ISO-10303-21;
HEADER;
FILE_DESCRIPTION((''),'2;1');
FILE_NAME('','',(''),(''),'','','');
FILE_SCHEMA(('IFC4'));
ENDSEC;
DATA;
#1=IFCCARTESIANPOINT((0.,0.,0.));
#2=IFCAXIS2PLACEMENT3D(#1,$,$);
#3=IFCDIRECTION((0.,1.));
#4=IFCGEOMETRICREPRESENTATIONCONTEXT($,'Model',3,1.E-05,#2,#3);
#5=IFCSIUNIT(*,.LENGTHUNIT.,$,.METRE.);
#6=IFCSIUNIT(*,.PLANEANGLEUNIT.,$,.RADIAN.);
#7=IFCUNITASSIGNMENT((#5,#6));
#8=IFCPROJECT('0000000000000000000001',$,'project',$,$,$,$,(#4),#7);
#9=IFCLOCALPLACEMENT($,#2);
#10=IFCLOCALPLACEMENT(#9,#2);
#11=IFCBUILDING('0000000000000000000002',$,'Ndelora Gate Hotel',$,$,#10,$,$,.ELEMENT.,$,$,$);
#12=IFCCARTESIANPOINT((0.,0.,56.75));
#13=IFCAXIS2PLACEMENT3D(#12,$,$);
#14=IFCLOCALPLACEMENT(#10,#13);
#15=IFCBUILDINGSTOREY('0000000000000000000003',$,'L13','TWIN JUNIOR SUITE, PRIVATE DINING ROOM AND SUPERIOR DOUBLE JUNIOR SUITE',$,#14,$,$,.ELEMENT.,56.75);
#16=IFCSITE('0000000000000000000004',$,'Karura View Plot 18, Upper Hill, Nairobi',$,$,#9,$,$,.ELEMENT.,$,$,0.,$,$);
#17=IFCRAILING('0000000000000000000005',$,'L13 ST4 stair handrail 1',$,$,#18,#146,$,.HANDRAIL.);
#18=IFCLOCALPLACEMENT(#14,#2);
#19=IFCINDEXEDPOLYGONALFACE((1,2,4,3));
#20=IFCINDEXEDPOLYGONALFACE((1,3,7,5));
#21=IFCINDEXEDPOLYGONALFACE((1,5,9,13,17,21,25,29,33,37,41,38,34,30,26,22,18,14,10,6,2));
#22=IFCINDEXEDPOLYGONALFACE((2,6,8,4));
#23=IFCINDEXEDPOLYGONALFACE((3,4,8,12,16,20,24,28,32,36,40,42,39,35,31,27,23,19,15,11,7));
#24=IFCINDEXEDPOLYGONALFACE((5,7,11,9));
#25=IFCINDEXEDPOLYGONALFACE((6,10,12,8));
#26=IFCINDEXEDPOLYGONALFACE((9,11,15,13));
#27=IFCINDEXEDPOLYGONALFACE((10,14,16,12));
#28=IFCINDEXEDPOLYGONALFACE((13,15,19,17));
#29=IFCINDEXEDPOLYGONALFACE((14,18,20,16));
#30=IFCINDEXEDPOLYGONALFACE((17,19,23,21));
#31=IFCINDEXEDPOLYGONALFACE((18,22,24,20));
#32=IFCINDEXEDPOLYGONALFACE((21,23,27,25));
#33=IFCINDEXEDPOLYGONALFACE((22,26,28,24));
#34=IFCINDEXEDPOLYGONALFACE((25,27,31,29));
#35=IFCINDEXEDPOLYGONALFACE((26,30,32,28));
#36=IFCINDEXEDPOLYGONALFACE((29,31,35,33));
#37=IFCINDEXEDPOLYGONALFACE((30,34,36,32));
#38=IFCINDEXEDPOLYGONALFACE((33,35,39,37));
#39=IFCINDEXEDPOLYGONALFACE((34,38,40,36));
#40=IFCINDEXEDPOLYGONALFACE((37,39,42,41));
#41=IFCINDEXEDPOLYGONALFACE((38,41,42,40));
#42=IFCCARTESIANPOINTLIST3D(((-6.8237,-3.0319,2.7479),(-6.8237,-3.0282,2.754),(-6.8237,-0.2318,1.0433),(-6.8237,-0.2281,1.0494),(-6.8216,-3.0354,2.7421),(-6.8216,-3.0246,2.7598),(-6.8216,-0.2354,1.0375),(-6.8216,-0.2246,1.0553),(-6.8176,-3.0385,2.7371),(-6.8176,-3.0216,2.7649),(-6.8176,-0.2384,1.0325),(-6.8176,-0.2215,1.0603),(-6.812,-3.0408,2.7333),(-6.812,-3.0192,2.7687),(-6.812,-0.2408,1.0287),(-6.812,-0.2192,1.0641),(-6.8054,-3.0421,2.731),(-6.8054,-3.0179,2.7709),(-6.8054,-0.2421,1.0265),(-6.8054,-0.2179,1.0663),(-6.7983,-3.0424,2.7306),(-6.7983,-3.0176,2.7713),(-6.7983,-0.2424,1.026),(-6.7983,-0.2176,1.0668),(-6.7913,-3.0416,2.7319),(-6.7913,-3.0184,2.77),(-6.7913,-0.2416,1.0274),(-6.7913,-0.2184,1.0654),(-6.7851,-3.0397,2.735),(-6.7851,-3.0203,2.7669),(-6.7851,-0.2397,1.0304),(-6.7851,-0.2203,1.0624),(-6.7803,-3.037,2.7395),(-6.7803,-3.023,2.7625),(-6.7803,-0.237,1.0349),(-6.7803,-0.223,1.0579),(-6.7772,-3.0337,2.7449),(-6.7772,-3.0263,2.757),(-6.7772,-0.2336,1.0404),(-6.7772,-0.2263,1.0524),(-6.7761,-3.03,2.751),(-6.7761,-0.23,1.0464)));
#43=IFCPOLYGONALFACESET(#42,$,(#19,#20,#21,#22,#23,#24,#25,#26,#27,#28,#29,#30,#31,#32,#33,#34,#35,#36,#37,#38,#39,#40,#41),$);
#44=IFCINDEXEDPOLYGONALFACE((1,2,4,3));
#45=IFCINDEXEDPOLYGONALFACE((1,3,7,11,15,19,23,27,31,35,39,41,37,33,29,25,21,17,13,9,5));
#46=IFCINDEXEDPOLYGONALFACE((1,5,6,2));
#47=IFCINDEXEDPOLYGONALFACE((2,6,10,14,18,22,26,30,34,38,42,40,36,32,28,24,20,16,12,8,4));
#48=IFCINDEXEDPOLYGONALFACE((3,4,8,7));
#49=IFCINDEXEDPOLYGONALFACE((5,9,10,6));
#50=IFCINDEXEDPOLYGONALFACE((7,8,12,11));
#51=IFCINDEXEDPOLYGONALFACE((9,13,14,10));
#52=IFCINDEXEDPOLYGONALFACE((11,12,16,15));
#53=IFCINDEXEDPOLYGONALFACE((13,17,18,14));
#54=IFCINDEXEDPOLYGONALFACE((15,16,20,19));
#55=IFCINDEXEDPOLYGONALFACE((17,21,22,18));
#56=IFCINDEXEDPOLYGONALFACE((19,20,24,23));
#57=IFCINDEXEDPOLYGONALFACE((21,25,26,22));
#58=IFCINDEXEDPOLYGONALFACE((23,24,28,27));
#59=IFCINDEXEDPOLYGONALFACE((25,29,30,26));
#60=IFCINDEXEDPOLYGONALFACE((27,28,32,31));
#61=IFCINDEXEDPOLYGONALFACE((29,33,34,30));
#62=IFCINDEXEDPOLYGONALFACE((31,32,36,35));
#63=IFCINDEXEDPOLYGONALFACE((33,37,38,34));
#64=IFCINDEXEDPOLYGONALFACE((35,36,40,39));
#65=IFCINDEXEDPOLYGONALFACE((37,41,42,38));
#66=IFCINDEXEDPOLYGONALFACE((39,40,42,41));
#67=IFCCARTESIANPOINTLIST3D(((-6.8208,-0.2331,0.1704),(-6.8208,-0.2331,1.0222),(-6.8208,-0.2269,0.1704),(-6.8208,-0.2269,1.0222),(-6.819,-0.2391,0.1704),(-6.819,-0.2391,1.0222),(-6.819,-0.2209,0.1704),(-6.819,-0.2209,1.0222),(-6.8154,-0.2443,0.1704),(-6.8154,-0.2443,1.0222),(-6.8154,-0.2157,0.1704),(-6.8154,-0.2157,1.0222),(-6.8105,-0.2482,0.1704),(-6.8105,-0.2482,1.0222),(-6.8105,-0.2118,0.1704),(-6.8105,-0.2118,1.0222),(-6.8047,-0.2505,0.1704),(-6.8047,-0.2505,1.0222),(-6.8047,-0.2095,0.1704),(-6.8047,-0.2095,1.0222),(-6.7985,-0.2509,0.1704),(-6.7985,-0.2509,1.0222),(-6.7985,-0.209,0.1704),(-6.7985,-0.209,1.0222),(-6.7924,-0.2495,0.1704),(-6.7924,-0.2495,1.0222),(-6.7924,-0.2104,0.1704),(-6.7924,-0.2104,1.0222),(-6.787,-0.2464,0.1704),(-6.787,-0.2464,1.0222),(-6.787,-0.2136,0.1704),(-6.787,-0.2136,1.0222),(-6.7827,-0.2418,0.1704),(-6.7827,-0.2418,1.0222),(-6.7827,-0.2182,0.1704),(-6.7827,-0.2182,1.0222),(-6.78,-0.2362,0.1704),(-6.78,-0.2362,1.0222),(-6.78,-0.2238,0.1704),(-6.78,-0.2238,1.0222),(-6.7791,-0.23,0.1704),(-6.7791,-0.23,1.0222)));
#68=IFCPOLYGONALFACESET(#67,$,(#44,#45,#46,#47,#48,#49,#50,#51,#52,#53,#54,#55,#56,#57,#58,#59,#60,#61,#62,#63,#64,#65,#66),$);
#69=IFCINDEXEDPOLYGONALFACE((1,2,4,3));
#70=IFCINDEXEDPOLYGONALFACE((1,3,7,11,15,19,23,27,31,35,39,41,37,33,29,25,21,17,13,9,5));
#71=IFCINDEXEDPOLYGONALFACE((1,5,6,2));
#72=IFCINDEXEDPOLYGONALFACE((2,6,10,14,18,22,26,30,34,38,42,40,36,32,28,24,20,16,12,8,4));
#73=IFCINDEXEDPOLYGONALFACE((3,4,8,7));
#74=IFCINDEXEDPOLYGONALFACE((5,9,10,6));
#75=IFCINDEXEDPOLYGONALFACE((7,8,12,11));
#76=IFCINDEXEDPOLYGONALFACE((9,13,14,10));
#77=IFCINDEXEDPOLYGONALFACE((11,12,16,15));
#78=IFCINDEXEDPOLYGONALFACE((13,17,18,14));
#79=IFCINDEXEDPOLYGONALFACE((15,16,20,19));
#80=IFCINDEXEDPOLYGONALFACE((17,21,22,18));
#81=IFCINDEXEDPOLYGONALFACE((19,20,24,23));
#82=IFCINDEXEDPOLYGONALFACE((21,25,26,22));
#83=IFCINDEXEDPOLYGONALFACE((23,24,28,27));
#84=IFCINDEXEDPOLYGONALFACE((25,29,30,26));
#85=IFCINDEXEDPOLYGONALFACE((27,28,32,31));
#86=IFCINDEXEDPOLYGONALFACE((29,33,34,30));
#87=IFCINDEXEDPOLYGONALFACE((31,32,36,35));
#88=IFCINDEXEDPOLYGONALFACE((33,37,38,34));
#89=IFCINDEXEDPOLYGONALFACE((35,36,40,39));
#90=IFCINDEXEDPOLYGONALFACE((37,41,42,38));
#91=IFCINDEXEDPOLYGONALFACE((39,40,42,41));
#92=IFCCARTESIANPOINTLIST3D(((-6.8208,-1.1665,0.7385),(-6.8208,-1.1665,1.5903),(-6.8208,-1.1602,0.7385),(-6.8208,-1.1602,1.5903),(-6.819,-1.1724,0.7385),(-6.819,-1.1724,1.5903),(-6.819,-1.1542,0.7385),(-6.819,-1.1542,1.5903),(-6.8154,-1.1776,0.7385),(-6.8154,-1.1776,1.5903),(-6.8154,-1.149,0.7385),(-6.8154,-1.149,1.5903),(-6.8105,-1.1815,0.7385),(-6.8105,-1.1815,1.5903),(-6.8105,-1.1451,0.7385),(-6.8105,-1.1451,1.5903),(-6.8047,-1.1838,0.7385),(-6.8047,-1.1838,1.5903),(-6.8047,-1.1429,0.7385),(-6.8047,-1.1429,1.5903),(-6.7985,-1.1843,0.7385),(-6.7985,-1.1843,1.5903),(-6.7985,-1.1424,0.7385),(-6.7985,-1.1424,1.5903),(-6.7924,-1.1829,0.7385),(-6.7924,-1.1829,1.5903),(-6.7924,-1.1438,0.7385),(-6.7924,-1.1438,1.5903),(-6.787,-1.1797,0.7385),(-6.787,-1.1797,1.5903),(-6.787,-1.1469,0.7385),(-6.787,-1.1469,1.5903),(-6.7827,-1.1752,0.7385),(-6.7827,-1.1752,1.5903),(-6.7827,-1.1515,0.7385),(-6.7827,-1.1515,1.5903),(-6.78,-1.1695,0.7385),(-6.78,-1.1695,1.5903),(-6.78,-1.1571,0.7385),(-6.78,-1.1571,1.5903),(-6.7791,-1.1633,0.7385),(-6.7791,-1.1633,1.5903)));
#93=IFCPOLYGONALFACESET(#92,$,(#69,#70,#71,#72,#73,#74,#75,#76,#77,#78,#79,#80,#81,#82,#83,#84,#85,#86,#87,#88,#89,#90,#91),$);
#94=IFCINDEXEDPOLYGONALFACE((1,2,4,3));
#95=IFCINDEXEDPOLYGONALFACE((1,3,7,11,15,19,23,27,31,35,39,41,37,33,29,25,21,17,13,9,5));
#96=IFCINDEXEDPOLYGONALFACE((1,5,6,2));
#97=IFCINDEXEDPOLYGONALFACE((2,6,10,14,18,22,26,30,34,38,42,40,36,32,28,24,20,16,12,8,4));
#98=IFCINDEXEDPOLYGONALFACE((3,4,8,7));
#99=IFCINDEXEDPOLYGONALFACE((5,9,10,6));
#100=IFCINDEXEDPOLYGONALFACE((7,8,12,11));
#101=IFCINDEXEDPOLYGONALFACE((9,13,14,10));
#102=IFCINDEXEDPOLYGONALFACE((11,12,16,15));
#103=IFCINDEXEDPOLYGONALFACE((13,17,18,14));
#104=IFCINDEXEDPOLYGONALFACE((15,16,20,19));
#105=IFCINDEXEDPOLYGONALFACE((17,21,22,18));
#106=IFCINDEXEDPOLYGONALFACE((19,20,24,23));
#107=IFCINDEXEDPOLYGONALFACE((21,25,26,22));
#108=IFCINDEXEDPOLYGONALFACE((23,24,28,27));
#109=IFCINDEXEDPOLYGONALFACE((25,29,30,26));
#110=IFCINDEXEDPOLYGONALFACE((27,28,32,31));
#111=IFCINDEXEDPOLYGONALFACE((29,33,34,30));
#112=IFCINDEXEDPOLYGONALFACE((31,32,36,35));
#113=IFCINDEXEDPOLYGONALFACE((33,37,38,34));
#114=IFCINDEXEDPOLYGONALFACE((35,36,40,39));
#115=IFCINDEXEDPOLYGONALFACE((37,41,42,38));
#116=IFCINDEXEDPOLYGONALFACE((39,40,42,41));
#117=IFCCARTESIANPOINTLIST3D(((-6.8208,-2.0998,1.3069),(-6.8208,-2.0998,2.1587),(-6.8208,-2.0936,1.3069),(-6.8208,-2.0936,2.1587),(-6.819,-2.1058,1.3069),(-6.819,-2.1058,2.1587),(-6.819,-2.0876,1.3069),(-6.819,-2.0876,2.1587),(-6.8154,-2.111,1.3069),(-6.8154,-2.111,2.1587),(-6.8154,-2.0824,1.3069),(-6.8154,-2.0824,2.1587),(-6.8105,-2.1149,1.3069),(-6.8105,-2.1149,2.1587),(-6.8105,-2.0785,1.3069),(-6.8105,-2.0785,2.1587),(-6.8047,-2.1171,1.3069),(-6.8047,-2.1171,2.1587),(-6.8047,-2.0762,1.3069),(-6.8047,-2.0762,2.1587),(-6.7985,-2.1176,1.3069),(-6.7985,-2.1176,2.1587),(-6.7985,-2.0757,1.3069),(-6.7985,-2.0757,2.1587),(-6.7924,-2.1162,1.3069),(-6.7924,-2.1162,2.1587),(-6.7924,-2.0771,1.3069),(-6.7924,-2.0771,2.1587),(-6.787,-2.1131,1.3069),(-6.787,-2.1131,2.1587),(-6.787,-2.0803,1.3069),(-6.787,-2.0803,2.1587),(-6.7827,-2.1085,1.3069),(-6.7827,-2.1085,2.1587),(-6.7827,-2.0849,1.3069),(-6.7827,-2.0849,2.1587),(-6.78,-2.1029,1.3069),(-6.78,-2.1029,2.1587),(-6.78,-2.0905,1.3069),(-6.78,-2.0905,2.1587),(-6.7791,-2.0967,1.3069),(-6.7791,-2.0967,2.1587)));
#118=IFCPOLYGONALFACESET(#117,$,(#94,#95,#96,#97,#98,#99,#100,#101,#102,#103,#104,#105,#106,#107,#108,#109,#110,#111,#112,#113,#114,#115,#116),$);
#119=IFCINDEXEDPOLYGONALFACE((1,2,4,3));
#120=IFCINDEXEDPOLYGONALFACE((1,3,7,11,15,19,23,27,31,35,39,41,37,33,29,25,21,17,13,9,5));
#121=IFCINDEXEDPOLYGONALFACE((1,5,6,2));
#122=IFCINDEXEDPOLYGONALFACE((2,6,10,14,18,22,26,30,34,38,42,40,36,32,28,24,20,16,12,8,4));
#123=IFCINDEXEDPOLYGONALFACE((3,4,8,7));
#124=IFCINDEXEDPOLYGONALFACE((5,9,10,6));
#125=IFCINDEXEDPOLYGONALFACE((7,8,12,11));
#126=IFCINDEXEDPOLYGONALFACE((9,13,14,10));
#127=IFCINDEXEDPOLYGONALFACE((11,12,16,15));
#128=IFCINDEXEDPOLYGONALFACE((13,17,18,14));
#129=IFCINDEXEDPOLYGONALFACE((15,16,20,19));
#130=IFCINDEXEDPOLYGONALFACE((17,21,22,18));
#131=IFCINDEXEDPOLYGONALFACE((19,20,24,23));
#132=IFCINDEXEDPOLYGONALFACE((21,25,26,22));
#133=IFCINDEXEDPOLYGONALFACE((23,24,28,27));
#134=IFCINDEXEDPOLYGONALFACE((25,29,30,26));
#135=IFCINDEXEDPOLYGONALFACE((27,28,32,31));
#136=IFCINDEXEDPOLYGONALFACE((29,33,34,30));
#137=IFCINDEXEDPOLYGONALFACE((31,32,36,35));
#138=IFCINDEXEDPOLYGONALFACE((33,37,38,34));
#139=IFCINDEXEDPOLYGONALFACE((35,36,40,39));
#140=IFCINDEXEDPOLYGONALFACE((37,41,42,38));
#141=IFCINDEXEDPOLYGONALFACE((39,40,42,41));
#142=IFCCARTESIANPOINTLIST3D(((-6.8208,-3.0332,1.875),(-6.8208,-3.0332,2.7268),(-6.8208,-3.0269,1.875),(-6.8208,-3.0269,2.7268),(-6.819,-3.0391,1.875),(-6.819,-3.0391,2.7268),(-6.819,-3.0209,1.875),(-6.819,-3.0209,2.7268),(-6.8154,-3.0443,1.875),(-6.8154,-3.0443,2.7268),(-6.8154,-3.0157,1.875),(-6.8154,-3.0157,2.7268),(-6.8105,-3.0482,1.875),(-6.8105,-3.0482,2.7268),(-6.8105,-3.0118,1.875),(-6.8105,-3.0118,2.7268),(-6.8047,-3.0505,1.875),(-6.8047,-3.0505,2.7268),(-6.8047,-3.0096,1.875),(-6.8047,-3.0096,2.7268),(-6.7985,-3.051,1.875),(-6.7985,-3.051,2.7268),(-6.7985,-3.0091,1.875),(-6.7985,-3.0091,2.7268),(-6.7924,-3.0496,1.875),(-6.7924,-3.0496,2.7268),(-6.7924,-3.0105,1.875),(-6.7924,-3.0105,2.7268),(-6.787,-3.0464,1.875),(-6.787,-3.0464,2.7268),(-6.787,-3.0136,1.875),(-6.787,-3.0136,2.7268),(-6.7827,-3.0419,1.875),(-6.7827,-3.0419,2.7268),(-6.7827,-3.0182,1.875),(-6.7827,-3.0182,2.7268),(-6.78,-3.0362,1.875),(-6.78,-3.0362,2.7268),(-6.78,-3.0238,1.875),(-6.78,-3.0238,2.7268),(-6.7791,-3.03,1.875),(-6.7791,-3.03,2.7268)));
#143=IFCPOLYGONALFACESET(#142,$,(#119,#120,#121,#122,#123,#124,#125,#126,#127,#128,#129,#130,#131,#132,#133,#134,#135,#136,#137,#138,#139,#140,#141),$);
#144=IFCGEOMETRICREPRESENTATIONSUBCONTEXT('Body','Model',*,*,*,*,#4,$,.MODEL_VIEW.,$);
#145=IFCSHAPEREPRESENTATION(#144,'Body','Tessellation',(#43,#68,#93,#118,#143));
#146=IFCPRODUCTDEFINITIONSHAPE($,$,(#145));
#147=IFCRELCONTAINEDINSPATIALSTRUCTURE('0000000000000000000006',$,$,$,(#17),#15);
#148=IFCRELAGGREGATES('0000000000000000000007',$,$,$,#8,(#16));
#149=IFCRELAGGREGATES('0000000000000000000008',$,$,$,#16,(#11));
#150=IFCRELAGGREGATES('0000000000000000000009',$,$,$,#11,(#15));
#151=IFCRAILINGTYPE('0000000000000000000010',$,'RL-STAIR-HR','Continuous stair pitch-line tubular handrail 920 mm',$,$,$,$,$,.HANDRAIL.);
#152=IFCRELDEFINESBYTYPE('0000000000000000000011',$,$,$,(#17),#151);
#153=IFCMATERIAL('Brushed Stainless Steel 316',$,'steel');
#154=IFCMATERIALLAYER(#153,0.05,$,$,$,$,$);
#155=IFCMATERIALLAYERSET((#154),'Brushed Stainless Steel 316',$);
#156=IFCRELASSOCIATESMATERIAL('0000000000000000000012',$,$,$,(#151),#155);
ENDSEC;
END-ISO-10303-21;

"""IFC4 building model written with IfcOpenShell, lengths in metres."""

from ifc_helpers import new_model, si_unit, direction, frame, origin, origin_2d, place, context, subcontext, project, spatial, circle, extrude, material, layer, layer_set, type_object, element, save


model = new_model("IFC4")

# Units and contexts
model_context = context("Model", 3, precision=1e-05, world=origin(), true_north=direction((0.0, 1.0)))
body_context = subcontext(model_context, "Body", "Model", "MODEL_VIEW")
ifc_project = project(units=[si_unit("LENGTHUNIT", "METRE"), si_unit("PLANEANGLEUNIT", "RADIAN")], contexts=[model_context])

# Site, building, storey
site_placement = place(None, origin())
site = spatial("IfcSite", under=ifc_project, at=site_placement, Name="Karura View Plot 18, Upper Hill, Nairobi", CompositionType="ELEMENT", RefElevation=0.0)
building_placement = place(site_placement, origin())
building = spatial("IfcBuilding", under=site, at=building_placement, Name="Ndelora Gate Hotel", CompositionType="ELEMENT")
storey_placement = place(building_placement, frame((0.0, 0.0, 56.75)))
storey = spatial("IfcBuildingStorey", under=building, at=storey_placement, Name="L13", Description="TWIN JUNIOR SUITE, PRIVATE DINING ROOM AND SUPERIOR DOUBLE JUNIOR SUITE", CompositionType="ELEMENT", Elevation=56.75)

# Railing
ifc_material_1 = material(Name="Brushed Stainless Steel 316", Category="steel")
ifc_layer_1 = layer(ifc_material_1, 0.05)
ifc_layer_set_1 = layer_set([ifc_layer_1], Name="Brushed Stainless Steel 316")
railing_type_1 = type_object("IfcRailingType", Name="RL-STAIR-HR", Description="Continuous stair pitch-line tubular handrail 920 mm", PredefinedType="HANDRAIL", material=ifc_layer_set_1)
railing_1_placement = place(storey_placement, frame((-6.8, -0.23, 0.1704)))
element("IfcRailing", 1, at=railing_1_placement, inside=storey, type_object=railing_type_1, Name="L13 ST4 stair handrail 1", PredefinedType="HANDRAIL", context=body_context, shape_type="SweptSolid", body=[
    extrude(circle(Radius=0.0239, at=origin_2d()), frame((0.0, 0.0, 0.876), z_axis=(0.0, -0.85417, 0.519994), x_axis=(1.0, 0.0, 0.0)), (0.0, 0.0, 1.0), 3.2781),
    extrude(circle(Radius=0.021, at=origin_2d()), origin(), (0.0, 0.0, 1.0), 0.8518),
    extrude(circle(Radius=0.021, at=origin_2d()), frame((0.0, -0.9333, 0.5681)), (0.0, 0.0, 1.0), 0.8518),
    extrude(circle(Radius=0.021, at=origin_2d()), frame((0.0, -1.8667, 1.1365)), (0.0, 0.0, 1.0), 0.8518),
    extrude(circle(Radius=0.021, at=origin_2d()), frame((0.0, -2.8, 1.7046)), (0.0, 0.0, 1.0), 0.8518),
])

save(model, "model.ifc")
